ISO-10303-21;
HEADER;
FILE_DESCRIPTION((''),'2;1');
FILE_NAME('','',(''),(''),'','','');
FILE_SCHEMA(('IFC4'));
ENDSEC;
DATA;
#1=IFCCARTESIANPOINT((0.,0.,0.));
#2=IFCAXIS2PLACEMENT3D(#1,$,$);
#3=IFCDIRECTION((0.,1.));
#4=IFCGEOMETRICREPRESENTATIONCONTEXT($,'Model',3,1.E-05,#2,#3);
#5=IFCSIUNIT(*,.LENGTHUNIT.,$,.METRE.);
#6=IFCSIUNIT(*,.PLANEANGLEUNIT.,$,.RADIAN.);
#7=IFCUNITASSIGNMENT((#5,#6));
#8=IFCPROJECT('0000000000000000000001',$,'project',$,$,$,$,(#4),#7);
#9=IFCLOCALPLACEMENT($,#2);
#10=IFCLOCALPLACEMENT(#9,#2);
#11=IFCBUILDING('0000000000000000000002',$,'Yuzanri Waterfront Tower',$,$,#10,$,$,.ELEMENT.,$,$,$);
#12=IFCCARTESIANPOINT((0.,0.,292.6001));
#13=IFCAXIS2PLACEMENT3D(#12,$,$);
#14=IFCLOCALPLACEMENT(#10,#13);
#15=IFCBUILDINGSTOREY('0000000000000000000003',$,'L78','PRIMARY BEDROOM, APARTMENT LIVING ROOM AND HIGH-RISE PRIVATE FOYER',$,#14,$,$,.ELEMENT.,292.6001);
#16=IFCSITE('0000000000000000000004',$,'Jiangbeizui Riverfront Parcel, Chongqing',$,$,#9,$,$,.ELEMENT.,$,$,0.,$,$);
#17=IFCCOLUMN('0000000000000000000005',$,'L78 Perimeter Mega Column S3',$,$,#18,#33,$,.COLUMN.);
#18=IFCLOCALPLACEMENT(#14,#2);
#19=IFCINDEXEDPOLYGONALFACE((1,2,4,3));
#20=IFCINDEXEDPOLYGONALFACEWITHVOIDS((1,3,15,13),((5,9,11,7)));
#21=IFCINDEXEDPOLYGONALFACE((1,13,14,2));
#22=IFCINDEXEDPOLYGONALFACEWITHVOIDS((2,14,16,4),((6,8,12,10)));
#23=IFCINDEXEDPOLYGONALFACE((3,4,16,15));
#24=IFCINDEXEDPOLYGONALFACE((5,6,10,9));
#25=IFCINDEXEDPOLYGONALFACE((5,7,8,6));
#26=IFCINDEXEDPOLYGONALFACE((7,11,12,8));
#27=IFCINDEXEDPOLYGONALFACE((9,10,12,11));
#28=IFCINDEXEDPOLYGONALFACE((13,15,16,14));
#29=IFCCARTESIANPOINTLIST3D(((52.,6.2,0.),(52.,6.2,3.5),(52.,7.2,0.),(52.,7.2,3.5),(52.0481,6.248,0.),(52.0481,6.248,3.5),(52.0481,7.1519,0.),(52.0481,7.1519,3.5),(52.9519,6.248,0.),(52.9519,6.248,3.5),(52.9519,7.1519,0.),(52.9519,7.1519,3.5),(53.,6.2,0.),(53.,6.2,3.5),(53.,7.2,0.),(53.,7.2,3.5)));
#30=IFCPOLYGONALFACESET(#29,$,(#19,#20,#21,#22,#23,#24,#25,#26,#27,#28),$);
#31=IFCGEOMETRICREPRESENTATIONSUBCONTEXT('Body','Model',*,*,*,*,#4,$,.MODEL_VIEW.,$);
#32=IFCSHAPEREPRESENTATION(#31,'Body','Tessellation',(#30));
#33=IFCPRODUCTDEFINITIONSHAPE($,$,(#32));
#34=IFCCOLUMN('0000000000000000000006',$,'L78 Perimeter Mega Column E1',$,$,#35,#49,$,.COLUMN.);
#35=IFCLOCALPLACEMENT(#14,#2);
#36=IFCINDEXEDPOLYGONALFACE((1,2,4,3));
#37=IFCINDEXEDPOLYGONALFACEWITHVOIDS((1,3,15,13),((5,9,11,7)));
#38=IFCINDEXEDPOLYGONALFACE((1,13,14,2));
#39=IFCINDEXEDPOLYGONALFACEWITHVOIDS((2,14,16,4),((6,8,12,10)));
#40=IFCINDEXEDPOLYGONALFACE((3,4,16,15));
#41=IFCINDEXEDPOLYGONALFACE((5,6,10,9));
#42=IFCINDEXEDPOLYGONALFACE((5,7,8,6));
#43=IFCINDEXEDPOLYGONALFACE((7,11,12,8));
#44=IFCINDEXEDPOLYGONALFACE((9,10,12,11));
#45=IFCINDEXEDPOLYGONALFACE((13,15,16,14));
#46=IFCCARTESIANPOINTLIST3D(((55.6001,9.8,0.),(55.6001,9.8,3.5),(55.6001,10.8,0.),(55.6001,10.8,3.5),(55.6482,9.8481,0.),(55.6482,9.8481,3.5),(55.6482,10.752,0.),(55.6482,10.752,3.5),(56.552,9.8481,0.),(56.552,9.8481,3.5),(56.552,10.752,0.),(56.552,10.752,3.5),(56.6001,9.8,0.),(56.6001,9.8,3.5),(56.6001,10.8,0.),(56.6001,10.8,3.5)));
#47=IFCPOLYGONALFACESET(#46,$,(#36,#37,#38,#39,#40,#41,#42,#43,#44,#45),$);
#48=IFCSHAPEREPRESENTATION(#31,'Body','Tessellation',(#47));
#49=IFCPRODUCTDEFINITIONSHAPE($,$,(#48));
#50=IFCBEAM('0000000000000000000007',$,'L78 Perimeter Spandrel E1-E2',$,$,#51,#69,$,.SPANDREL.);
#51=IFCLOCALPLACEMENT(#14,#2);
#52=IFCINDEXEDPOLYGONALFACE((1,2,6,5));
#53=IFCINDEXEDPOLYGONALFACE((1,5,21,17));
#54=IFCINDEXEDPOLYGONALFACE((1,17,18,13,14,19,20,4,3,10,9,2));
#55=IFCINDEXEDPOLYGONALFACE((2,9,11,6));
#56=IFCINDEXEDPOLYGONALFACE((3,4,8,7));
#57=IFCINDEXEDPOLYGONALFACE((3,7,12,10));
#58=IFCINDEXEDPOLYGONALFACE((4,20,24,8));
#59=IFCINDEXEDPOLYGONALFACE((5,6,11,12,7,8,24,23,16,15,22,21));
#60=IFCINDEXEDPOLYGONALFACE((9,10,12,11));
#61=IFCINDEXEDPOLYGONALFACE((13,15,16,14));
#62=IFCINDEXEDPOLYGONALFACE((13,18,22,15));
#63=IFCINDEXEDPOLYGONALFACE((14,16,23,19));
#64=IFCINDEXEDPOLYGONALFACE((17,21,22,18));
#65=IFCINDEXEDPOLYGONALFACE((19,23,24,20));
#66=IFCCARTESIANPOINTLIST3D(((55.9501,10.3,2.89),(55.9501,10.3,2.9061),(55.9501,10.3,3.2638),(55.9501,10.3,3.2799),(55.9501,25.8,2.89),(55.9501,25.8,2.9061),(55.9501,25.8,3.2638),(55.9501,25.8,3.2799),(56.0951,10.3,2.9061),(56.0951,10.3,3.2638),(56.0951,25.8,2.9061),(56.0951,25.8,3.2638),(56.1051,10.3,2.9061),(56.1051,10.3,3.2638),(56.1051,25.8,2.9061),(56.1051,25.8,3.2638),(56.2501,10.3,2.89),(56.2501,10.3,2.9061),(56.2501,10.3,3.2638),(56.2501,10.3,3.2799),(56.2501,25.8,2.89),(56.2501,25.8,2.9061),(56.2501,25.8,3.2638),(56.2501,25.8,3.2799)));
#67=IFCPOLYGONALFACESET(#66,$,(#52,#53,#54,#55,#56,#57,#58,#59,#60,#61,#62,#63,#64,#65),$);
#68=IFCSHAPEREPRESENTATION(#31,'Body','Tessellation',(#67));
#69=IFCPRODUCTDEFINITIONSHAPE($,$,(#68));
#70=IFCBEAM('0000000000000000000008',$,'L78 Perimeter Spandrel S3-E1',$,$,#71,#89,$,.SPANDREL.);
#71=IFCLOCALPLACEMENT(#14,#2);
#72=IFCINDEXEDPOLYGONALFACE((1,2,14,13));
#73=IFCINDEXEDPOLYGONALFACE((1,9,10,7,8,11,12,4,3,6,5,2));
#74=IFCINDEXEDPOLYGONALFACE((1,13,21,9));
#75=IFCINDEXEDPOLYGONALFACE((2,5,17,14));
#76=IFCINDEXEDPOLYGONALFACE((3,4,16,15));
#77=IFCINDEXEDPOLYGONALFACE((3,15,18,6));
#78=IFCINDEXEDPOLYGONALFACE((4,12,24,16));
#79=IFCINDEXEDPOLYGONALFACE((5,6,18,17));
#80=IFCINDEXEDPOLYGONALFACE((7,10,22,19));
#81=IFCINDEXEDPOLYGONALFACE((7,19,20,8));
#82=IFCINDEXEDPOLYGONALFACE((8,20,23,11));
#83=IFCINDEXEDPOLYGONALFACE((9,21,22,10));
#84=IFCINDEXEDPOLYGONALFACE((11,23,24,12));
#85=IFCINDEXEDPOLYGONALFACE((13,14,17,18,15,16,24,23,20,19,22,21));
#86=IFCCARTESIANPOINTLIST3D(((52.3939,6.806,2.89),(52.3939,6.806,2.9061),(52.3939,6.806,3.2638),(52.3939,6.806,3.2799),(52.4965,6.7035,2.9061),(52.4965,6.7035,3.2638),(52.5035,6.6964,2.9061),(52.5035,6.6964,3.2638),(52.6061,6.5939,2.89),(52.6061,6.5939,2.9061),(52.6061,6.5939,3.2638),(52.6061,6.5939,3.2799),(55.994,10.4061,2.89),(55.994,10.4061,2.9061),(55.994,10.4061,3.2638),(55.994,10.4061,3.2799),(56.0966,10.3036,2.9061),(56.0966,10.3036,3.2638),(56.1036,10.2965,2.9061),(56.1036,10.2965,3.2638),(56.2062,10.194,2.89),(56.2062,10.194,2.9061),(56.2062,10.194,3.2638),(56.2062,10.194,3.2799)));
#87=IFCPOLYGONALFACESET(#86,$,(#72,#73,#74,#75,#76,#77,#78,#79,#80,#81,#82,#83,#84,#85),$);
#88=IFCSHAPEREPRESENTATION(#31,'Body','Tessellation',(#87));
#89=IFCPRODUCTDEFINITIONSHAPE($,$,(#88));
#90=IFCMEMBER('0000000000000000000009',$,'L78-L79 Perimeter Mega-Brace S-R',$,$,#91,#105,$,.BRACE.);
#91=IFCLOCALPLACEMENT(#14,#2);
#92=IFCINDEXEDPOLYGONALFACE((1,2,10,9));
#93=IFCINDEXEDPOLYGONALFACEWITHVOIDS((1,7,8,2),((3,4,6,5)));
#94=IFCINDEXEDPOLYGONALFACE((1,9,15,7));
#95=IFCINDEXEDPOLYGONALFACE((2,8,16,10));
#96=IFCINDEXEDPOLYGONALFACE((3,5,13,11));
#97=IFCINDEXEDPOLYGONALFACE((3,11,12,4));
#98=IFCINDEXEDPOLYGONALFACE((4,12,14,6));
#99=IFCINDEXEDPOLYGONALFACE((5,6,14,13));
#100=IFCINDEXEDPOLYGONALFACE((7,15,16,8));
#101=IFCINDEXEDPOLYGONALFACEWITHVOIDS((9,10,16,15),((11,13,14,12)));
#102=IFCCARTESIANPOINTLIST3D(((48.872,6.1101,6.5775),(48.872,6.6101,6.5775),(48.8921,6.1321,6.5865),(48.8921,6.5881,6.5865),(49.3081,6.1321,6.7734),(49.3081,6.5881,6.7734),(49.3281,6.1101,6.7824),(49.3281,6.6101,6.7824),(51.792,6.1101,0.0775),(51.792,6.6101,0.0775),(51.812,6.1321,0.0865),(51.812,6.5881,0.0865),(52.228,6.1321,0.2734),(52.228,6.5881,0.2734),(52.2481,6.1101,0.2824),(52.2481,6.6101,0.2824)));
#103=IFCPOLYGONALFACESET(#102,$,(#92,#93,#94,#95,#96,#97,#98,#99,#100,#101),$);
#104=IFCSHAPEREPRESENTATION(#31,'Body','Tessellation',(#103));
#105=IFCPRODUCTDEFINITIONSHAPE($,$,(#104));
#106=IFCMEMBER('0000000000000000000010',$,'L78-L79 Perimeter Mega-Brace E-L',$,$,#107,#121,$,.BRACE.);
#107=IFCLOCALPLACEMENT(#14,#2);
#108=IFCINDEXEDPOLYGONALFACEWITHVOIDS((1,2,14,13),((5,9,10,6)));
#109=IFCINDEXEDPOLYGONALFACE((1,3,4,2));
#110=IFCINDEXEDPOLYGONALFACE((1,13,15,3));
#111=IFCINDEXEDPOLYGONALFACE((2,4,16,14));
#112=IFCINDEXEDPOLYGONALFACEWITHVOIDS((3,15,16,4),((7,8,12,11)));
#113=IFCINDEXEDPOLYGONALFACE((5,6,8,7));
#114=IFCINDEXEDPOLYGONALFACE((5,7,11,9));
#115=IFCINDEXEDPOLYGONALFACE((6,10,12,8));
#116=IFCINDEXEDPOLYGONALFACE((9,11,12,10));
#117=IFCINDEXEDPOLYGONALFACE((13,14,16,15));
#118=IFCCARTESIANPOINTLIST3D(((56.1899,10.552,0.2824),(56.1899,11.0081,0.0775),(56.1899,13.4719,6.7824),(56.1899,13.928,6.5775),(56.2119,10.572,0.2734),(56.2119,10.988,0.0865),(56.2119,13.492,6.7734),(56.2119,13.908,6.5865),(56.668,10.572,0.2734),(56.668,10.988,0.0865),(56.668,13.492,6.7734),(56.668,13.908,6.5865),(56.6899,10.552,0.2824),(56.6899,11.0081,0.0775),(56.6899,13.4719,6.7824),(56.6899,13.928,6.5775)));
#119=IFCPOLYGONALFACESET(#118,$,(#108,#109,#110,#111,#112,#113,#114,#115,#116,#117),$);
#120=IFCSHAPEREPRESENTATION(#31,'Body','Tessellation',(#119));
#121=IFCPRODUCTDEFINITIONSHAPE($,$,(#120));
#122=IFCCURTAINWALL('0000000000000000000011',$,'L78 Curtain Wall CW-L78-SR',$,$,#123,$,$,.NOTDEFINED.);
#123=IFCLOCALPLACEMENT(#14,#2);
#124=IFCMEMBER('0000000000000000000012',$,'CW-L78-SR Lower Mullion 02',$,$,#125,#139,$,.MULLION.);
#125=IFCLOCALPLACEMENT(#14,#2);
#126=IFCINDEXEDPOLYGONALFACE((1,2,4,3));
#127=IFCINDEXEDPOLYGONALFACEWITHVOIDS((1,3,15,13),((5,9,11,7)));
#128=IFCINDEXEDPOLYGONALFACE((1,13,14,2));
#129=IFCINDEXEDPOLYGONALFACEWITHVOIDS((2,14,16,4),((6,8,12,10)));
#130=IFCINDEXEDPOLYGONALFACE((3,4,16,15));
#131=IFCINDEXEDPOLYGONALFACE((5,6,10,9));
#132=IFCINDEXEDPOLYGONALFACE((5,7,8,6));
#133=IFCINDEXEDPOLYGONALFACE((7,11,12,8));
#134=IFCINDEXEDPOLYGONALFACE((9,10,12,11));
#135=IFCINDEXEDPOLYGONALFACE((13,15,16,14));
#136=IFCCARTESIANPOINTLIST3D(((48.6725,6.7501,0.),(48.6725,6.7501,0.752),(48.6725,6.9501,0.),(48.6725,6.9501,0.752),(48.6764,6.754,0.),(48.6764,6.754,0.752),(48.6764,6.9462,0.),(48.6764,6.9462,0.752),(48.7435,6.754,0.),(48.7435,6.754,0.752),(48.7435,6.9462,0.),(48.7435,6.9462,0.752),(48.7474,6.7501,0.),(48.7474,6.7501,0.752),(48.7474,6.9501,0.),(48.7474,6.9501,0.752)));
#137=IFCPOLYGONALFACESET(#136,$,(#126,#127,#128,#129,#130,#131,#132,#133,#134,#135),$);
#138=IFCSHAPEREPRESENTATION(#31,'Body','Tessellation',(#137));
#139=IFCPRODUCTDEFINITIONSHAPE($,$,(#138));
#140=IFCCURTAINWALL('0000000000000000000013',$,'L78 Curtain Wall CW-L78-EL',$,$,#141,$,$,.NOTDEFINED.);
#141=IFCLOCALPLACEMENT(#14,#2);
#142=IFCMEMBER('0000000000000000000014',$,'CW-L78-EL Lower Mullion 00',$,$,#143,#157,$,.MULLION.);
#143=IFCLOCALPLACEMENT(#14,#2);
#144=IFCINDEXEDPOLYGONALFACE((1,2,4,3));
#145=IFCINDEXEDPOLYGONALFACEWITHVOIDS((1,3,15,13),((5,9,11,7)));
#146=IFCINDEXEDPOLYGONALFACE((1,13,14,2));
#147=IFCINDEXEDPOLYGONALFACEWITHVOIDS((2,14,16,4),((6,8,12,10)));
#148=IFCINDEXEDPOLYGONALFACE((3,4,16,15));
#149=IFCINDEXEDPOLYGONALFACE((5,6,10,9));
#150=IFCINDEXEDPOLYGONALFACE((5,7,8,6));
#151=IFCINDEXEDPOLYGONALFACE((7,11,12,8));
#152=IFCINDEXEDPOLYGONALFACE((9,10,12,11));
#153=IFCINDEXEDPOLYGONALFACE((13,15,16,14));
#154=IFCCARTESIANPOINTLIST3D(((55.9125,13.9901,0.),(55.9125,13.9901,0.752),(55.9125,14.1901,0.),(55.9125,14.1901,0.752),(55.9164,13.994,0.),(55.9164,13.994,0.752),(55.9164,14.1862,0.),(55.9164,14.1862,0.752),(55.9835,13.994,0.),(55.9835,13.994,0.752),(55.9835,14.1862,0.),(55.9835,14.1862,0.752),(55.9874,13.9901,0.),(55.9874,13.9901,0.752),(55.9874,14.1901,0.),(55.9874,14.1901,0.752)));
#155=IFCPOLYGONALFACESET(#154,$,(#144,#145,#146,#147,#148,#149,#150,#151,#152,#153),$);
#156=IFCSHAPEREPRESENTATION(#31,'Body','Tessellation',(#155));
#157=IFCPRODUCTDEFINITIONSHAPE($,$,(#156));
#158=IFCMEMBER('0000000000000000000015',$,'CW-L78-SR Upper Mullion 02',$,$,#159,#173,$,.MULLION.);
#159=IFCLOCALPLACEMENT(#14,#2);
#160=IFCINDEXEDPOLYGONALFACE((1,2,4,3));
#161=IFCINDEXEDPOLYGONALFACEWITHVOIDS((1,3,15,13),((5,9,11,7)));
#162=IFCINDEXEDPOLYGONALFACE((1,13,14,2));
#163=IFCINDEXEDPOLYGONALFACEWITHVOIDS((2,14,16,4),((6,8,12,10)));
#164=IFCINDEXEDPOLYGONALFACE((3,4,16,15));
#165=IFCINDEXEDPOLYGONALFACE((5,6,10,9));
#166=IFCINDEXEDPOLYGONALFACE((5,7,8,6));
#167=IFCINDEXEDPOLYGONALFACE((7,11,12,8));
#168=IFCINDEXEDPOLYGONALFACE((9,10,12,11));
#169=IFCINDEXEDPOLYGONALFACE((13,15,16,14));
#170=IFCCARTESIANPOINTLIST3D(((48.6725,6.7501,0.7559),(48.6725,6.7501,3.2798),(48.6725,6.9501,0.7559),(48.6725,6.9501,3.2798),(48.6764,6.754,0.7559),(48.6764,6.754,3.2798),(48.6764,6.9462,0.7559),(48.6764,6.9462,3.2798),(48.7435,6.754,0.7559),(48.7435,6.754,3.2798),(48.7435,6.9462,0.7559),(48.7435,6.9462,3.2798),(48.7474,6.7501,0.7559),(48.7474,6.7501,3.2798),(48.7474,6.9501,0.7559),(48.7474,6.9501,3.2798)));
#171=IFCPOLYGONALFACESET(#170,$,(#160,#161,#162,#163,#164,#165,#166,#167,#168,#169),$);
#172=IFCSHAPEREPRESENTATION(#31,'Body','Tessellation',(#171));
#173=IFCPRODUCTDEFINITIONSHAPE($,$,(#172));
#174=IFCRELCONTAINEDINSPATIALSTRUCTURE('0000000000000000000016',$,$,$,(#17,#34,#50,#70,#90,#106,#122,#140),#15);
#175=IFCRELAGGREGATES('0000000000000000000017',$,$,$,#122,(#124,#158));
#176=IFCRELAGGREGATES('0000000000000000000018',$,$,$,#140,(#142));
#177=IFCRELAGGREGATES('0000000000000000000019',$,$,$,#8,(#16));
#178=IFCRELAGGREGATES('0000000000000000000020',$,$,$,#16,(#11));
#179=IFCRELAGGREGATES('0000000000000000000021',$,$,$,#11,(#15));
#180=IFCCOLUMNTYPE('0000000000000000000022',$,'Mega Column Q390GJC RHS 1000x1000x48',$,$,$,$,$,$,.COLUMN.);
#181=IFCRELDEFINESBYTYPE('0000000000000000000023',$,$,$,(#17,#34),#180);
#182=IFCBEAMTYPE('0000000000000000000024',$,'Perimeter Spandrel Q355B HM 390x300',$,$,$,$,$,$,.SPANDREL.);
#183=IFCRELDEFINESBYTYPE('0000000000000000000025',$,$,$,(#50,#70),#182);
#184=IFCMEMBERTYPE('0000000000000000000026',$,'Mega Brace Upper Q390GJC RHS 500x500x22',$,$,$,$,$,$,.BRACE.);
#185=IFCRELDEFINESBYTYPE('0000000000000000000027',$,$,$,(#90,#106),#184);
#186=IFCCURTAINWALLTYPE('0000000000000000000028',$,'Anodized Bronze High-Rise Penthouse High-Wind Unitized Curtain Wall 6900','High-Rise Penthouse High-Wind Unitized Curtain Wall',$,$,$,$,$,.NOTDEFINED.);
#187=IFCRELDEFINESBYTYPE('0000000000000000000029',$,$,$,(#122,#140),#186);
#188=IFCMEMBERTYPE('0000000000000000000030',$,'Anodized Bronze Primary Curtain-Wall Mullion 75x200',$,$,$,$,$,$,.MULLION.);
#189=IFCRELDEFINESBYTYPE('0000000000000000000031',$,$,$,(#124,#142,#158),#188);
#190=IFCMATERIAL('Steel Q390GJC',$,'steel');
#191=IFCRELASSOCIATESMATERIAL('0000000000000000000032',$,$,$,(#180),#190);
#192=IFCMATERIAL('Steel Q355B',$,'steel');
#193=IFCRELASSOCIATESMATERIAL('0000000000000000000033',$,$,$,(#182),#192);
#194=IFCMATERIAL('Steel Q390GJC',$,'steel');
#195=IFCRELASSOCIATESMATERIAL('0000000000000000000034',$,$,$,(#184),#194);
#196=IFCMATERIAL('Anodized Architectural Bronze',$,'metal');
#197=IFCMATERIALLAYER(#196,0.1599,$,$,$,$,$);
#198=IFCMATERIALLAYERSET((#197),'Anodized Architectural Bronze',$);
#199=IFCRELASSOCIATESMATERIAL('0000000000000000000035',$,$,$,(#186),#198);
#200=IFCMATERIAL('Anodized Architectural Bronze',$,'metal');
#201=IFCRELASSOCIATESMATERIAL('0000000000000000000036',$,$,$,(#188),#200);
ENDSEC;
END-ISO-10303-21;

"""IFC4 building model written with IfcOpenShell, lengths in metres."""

from ifc_helpers import new_model, si_unit, direction, frame, origin, origin_2d, place, context, subcontext, project, spatial, hollow_rectangle, i_section, extrude, source, transform, mapped, material, layer, layer_set, material_profile, profile_set, type_object, element, aggregate, save


model = new_model("IFC4")

# Units and contexts
model_context = context("Model", 3, precision=1e-05, world=origin(), true_north=direction((0.0, 1.0)))
body_context = subcontext(model_context, "Body", "Model", "MODEL_VIEW")
ifc_project = project(units=[si_unit("LENGTHUNIT", "METRE"), si_unit("PLANEANGLEUNIT", "RADIAN")], contexts=[model_context])

# Site, building, storey
site_placement = place(None, origin())
site = spatial("IfcSite", under=ifc_project, at=site_placement, Name="Jiangbeizui Riverfront Parcel, Chongqing", CompositionType="ELEMENT", RefElevation=0.0)
building_placement = place(site_placement, origin())
building = spatial("IfcBuilding", under=site, at=building_placement, Name="Yuzanri Waterfront Tower", CompositionType="ELEMENT")
storey_placement = place(building_placement, frame((0.0, 0.0, 292.6001)))
storey = spatial("IfcBuildingStorey", under=building, at=storey_placement, Name="L78", Description="PRIMARY BEDROOM, APARTMENT LIVING ROOM AND HIGH-RISE PRIVATE FOYER", CompositionType="ELEMENT", Elevation=292.6001)

# Columns
ifc_material_1 = material(Name="Steel Q390GJC", Category="steel")
ifc_material_profile_1 = material_profile(ifc_material_1, hollow_rectangle(XDim=1.0, YDim=1.0, WallThickness=0.0481, at=origin_2d()), Name="RHS 1000x1000x48")
ifc_profile_set_1 = profile_set([ifc_material_profile_1], Name="Steel Q390GJC")
column_type = type_object("IfcColumnType", Name="Mega Column Q390GJC RHS 1000x1000x48", PredefinedType="COLUMN", material=ifc_profile_set_1)
shared_shape_1 = source(origin(), body_context, "Body", "SweptSolid", [
    extrude(hollow_rectangle(XDim=1.0, YDim=1.0, WallThickness=0.0481, at=origin_2d()), origin(), (0.0, 0.0, 1.0), 3.5),
])
for number, where, z_axis, x_axis, name in (
    (1, (52.5, 6.7, 0.0), (0.0, 0.0, 1.0), (1.0, 0.0, 0.0), "L78 Perimeter Mega Column S3"),
    (2, (56.1001, 10.3, 0.0), (0.0, 0.0, 1.0), (1.0, 0.0, 0.0), "L78 Perimeter Mega Column E1"),
):
    element("IfcColumn", number, at=place(storey_placement, frame(where, z_axis=z_axis, x_axis=x_axis)), inside=storey, type_object=column_type, Name=name, PredefinedType="COLUMN", context=body_context, shape_type="MappedRepresentation", body=[
        mapped(shared_shape_1, transform((0.0, 0.0, 0.0), scale=1.0)),
    ])

# Beams
ifc_material_2 = material(Name="Steel Q355B", Category="steel")
ifc_material_profile_2 = material_profile(ifc_material_2, i_section(OverallWidth=0.3, OverallDepth=0.3899, WebThickness=0.01, FlangeThickness=0.0161, at=origin_2d()), Name="HM 390x300x10x16")
ifc_profile_set_2 = profile_set([ifc_material_profile_2], Name="Steel Q355B")
beam_type = type_object("IfcBeamType", Name="Perimeter Spandrel Q355B HM 390x300", PredefinedType="SPANDREL", material=ifc_profile_set_2)
shared_shape_2 = source(origin(), body_context, "Body", "SweptSolid", [
    extrude(i_section(OverallWidth=0.3, OverallDepth=0.3899, WebThickness=0.01, FlangeThickness=0.0161, at=origin_2d()), origin(), (0.0, 0.0, 1.0), 15.5),
])
beam_1_placement = place(storey_placement, frame((56.1001, 10.3, 3.085), z_axis=(0.0, 1.0, 0.0), x_axis=(-1.0, 0.0, 0.0)))
element("IfcBeam", 3, at=beam_1_placement, inside=storey, type_object=beam_type, Name="L78 Perimeter Spandrel E1-E2", PredefinedType="SPANDREL", context=body_context, shape_type="MappedRepresentation", body=[
    mapped(shared_shape_2, transform((0.0, 0.0, 0.0), scale=1.0)),
])
shared_shape_3 = source(origin(), body_context, "Body", "SweptSolid", [
    extrude(i_section(OverallWidth=0.3, OverallDepth=0.3899, WebThickness=0.01, FlangeThickness=0.0161, at=origin_2d()), origin(), (0.0, 0.0, 1.0), 5.0913),
])
beam_2_placement = place(storey_placement, frame((52.5, 6.7, 3.085), z_axis=(0.707107, 0.707107, 0.0), x_axis=(-0.707107, 0.707107, 0.0)))
element("IfcBeam", 4, at=beam_2_placement, inside=storey, type_object=beam_type, Name="L78 Perimeter Spandrel S3-E1", PredefinedType="SPANDREL", context=body_context, shape_type="MappedRepresentation", body=[
    mapped(shared_shape_3, transform((0.0, 0.0, 0.0), scale=1.0)),
])

# Members
ifc_material_3 = material(Name="Steel Q390GJC", Category="steel")
ifc_material_profile_3 = material_profile(ifc_material_3, hollow_rectangle(XDim=0.5, YDim=0.5, WallThickness=0.022, at=origin_2d()), Name="RHS 500x500x22")
ifc_profile_set_3 = profile_set([ifc_material_profile_3], Name="Steel Q390GJC")
member_type_1 = type_object("IfcMemberType", Name="Mega Brace Upper Q390GJC RHS 500x500x22", PredefinedType="BRACE", material=ifc_profile_set_3)
shared_shape_4 = source(origin(), body_context, "Body", "SweptSolid", [
    extrude(hollow_rectangle(XDim=0.5, YDim=0.5, WallThickness=0.022, at=origin_2d()), origin(), (0.0, 0.0, 1.0), 7.1257),
])
for number, where, z_axis, x_axis, name in (
    (5, (52.02, 6.3601, 0.1799), (-0.409772, 0.0, 0.912188), (0.0, -1.0, 0.0), "L78-L79 Perimeter Mega-Brace S-R"),
    (6, (56.4399, 10.78, 0.1799), (0.0, 0.409772, 0.912188), (-1.0, 0.0, 0.0), "L78-L79 Perimeter Mega-Brace E-L"),
):
    element("IfcMember", number, at=place(storey_placement, frame(where, z_axis=z_axis, x_axis=x_axis)), inside=storey, type_object=member_type_1, Name=name, PredefinedType="BRACE", context=body_context, shape_type="MappedRepresentation", body=[
        mapped(shared_shape_4, transform((0.0, 0.0, 0.0), scale=1.0)),
    ])

# Curtain walls, members
ifc_material_4 = material(Name="Anodized Architectural Bronze", Category="metal")
ifc_layer_1 = layer(ifc_material_4, 0.1599)
ifc_layer_set_1 = layer_set([ifc_layer_1], Name="Anodized Architectural Bronze")
curtain_wall_type = type_object("IfcCurtainWallType", Name="Anodized Bronze High-Rise Penthouse High-Wind Unitized Curtain Wall 6900", Description="High-Rise Penthouse High-Wind Unitized Curtain Wall", PredefinedType="NOTDEFINED", material=ifc_layer_set_1)
curtain_wall_1_placement = place(storey_placement, origin())
curtain_wall_1 = element("IfcCurtainWall", 7, at=curtain_wall_1_placement, inside=storey, type_object=curtain_wall_type, Name="L78 Curtain Wall CW-L78-SR", PredefinedType="NOTDEFINED")
ifc_material_5 = material(Name="Anodized Architectural Bronze", Category="metal")
ifc_material_profile_4 = material_profile(ifc_material_5, hollow_rectangle(XDim=0.075, YDim=0.2, WallThickness=0.0039, at=origin_2d()), Name="CWM 75x200")
ifc_profile_set_4 = profile_set([ifc_material_profile_4], Name="Anodized Architectural Bronze")
member_type_2 = type_object("IfcMemberType", Name="Anodized Bronze Primary Curtain-Wall Mullion 75x200", PredefinedType="MULLION", material=ifc_profile_set_4)
shared_shape_5 = source(origin(), body_context, "Body", "SweptSolid", [
    extrude(hollow_rectangle(XDim=0.075, YDim=0.2, WallThickness=0.0039, at=origin_2d()), origin(), (0.0, 0.0, 1.0), 0.752),
])
member_1_placement = place(storey_placement, frame((48.71, 6.8501, 0.0), z_axis=(0.0, 0.0, 1.0), x_axis=(1.0, 0.0, 0.0)))
member_1 = element("IfcMember", 8, at=member_1_placement, type_object=member_type_2, Name="CW-L78-SR Lower Mullion 02", PredefinedType="MULLION", context=body_context, shape_type="MappedRepresentation", body=[
    mapped(shared_shape_5, transform((0.0, 0.0, 0.0), scale=1.0)),
])
curtain_wall_2_placement = place(storey_placement, origin())
curtain_wall_2 = element("IfcCurtainWall", 9, at=curtain_wall_2_placement, inside=storey, type_object=curtain_wall_type, Name="L78 Curtain Wall CW-L78-EL", PredefinedType="NOTDEFINED")
member_2_placement = place(storey_placement, frame((55.95, 14.0901, 0.0), z_axis=(0.0, 0.0, 1.0), x_axis=(1.0, 0.0, 0.0)))
member_2 = element("IfcMember", 10, at=member_2_placement, type_object=member_type_2, Name="CW-L78-EL Lower Mullion 00", PredefinedType="MULLION", context=body_context, shape_type="MappedRepresentation", body=[
    mapped(shared_shape_5, transform((0.0, 0.0, 0.0), scale=1.0)),
])

# Member
shared_shape_6 = source(origin(), body_context, "Body", "SweptSolid", [
    extrude(hollow_rectangle(XDim=0.075, YDim=0.2, WallThickness=0.0039, at=origin_2d()), origin(), (0.0, 0.0, 1.0), 2.5239),
])
member_3_placement = place(storey_placement, frame((48.71, 6.8501, 0.7559), z_axis=(0.0, 0.0, 1.0), x_axis=(1.0, 0.0, 0.0)))
member_3 = element("IfcMember", 11, at=member_3_placement, type_object=member_type_2, Name="CW-L78-SR Upper Mullion 02", PredefinedType="MULLION", context=body_context, shape_type="MappedRepresentation", body=[
    mapped(shared_shape_6, transform((0.0, 0.0, 0.0), scale=1.0)),
])
aggregate(curtain_wall_1, [member_1, member_3])
aggregate(curtain_wall_2, [member_2])

save(model, "model.ifc")
